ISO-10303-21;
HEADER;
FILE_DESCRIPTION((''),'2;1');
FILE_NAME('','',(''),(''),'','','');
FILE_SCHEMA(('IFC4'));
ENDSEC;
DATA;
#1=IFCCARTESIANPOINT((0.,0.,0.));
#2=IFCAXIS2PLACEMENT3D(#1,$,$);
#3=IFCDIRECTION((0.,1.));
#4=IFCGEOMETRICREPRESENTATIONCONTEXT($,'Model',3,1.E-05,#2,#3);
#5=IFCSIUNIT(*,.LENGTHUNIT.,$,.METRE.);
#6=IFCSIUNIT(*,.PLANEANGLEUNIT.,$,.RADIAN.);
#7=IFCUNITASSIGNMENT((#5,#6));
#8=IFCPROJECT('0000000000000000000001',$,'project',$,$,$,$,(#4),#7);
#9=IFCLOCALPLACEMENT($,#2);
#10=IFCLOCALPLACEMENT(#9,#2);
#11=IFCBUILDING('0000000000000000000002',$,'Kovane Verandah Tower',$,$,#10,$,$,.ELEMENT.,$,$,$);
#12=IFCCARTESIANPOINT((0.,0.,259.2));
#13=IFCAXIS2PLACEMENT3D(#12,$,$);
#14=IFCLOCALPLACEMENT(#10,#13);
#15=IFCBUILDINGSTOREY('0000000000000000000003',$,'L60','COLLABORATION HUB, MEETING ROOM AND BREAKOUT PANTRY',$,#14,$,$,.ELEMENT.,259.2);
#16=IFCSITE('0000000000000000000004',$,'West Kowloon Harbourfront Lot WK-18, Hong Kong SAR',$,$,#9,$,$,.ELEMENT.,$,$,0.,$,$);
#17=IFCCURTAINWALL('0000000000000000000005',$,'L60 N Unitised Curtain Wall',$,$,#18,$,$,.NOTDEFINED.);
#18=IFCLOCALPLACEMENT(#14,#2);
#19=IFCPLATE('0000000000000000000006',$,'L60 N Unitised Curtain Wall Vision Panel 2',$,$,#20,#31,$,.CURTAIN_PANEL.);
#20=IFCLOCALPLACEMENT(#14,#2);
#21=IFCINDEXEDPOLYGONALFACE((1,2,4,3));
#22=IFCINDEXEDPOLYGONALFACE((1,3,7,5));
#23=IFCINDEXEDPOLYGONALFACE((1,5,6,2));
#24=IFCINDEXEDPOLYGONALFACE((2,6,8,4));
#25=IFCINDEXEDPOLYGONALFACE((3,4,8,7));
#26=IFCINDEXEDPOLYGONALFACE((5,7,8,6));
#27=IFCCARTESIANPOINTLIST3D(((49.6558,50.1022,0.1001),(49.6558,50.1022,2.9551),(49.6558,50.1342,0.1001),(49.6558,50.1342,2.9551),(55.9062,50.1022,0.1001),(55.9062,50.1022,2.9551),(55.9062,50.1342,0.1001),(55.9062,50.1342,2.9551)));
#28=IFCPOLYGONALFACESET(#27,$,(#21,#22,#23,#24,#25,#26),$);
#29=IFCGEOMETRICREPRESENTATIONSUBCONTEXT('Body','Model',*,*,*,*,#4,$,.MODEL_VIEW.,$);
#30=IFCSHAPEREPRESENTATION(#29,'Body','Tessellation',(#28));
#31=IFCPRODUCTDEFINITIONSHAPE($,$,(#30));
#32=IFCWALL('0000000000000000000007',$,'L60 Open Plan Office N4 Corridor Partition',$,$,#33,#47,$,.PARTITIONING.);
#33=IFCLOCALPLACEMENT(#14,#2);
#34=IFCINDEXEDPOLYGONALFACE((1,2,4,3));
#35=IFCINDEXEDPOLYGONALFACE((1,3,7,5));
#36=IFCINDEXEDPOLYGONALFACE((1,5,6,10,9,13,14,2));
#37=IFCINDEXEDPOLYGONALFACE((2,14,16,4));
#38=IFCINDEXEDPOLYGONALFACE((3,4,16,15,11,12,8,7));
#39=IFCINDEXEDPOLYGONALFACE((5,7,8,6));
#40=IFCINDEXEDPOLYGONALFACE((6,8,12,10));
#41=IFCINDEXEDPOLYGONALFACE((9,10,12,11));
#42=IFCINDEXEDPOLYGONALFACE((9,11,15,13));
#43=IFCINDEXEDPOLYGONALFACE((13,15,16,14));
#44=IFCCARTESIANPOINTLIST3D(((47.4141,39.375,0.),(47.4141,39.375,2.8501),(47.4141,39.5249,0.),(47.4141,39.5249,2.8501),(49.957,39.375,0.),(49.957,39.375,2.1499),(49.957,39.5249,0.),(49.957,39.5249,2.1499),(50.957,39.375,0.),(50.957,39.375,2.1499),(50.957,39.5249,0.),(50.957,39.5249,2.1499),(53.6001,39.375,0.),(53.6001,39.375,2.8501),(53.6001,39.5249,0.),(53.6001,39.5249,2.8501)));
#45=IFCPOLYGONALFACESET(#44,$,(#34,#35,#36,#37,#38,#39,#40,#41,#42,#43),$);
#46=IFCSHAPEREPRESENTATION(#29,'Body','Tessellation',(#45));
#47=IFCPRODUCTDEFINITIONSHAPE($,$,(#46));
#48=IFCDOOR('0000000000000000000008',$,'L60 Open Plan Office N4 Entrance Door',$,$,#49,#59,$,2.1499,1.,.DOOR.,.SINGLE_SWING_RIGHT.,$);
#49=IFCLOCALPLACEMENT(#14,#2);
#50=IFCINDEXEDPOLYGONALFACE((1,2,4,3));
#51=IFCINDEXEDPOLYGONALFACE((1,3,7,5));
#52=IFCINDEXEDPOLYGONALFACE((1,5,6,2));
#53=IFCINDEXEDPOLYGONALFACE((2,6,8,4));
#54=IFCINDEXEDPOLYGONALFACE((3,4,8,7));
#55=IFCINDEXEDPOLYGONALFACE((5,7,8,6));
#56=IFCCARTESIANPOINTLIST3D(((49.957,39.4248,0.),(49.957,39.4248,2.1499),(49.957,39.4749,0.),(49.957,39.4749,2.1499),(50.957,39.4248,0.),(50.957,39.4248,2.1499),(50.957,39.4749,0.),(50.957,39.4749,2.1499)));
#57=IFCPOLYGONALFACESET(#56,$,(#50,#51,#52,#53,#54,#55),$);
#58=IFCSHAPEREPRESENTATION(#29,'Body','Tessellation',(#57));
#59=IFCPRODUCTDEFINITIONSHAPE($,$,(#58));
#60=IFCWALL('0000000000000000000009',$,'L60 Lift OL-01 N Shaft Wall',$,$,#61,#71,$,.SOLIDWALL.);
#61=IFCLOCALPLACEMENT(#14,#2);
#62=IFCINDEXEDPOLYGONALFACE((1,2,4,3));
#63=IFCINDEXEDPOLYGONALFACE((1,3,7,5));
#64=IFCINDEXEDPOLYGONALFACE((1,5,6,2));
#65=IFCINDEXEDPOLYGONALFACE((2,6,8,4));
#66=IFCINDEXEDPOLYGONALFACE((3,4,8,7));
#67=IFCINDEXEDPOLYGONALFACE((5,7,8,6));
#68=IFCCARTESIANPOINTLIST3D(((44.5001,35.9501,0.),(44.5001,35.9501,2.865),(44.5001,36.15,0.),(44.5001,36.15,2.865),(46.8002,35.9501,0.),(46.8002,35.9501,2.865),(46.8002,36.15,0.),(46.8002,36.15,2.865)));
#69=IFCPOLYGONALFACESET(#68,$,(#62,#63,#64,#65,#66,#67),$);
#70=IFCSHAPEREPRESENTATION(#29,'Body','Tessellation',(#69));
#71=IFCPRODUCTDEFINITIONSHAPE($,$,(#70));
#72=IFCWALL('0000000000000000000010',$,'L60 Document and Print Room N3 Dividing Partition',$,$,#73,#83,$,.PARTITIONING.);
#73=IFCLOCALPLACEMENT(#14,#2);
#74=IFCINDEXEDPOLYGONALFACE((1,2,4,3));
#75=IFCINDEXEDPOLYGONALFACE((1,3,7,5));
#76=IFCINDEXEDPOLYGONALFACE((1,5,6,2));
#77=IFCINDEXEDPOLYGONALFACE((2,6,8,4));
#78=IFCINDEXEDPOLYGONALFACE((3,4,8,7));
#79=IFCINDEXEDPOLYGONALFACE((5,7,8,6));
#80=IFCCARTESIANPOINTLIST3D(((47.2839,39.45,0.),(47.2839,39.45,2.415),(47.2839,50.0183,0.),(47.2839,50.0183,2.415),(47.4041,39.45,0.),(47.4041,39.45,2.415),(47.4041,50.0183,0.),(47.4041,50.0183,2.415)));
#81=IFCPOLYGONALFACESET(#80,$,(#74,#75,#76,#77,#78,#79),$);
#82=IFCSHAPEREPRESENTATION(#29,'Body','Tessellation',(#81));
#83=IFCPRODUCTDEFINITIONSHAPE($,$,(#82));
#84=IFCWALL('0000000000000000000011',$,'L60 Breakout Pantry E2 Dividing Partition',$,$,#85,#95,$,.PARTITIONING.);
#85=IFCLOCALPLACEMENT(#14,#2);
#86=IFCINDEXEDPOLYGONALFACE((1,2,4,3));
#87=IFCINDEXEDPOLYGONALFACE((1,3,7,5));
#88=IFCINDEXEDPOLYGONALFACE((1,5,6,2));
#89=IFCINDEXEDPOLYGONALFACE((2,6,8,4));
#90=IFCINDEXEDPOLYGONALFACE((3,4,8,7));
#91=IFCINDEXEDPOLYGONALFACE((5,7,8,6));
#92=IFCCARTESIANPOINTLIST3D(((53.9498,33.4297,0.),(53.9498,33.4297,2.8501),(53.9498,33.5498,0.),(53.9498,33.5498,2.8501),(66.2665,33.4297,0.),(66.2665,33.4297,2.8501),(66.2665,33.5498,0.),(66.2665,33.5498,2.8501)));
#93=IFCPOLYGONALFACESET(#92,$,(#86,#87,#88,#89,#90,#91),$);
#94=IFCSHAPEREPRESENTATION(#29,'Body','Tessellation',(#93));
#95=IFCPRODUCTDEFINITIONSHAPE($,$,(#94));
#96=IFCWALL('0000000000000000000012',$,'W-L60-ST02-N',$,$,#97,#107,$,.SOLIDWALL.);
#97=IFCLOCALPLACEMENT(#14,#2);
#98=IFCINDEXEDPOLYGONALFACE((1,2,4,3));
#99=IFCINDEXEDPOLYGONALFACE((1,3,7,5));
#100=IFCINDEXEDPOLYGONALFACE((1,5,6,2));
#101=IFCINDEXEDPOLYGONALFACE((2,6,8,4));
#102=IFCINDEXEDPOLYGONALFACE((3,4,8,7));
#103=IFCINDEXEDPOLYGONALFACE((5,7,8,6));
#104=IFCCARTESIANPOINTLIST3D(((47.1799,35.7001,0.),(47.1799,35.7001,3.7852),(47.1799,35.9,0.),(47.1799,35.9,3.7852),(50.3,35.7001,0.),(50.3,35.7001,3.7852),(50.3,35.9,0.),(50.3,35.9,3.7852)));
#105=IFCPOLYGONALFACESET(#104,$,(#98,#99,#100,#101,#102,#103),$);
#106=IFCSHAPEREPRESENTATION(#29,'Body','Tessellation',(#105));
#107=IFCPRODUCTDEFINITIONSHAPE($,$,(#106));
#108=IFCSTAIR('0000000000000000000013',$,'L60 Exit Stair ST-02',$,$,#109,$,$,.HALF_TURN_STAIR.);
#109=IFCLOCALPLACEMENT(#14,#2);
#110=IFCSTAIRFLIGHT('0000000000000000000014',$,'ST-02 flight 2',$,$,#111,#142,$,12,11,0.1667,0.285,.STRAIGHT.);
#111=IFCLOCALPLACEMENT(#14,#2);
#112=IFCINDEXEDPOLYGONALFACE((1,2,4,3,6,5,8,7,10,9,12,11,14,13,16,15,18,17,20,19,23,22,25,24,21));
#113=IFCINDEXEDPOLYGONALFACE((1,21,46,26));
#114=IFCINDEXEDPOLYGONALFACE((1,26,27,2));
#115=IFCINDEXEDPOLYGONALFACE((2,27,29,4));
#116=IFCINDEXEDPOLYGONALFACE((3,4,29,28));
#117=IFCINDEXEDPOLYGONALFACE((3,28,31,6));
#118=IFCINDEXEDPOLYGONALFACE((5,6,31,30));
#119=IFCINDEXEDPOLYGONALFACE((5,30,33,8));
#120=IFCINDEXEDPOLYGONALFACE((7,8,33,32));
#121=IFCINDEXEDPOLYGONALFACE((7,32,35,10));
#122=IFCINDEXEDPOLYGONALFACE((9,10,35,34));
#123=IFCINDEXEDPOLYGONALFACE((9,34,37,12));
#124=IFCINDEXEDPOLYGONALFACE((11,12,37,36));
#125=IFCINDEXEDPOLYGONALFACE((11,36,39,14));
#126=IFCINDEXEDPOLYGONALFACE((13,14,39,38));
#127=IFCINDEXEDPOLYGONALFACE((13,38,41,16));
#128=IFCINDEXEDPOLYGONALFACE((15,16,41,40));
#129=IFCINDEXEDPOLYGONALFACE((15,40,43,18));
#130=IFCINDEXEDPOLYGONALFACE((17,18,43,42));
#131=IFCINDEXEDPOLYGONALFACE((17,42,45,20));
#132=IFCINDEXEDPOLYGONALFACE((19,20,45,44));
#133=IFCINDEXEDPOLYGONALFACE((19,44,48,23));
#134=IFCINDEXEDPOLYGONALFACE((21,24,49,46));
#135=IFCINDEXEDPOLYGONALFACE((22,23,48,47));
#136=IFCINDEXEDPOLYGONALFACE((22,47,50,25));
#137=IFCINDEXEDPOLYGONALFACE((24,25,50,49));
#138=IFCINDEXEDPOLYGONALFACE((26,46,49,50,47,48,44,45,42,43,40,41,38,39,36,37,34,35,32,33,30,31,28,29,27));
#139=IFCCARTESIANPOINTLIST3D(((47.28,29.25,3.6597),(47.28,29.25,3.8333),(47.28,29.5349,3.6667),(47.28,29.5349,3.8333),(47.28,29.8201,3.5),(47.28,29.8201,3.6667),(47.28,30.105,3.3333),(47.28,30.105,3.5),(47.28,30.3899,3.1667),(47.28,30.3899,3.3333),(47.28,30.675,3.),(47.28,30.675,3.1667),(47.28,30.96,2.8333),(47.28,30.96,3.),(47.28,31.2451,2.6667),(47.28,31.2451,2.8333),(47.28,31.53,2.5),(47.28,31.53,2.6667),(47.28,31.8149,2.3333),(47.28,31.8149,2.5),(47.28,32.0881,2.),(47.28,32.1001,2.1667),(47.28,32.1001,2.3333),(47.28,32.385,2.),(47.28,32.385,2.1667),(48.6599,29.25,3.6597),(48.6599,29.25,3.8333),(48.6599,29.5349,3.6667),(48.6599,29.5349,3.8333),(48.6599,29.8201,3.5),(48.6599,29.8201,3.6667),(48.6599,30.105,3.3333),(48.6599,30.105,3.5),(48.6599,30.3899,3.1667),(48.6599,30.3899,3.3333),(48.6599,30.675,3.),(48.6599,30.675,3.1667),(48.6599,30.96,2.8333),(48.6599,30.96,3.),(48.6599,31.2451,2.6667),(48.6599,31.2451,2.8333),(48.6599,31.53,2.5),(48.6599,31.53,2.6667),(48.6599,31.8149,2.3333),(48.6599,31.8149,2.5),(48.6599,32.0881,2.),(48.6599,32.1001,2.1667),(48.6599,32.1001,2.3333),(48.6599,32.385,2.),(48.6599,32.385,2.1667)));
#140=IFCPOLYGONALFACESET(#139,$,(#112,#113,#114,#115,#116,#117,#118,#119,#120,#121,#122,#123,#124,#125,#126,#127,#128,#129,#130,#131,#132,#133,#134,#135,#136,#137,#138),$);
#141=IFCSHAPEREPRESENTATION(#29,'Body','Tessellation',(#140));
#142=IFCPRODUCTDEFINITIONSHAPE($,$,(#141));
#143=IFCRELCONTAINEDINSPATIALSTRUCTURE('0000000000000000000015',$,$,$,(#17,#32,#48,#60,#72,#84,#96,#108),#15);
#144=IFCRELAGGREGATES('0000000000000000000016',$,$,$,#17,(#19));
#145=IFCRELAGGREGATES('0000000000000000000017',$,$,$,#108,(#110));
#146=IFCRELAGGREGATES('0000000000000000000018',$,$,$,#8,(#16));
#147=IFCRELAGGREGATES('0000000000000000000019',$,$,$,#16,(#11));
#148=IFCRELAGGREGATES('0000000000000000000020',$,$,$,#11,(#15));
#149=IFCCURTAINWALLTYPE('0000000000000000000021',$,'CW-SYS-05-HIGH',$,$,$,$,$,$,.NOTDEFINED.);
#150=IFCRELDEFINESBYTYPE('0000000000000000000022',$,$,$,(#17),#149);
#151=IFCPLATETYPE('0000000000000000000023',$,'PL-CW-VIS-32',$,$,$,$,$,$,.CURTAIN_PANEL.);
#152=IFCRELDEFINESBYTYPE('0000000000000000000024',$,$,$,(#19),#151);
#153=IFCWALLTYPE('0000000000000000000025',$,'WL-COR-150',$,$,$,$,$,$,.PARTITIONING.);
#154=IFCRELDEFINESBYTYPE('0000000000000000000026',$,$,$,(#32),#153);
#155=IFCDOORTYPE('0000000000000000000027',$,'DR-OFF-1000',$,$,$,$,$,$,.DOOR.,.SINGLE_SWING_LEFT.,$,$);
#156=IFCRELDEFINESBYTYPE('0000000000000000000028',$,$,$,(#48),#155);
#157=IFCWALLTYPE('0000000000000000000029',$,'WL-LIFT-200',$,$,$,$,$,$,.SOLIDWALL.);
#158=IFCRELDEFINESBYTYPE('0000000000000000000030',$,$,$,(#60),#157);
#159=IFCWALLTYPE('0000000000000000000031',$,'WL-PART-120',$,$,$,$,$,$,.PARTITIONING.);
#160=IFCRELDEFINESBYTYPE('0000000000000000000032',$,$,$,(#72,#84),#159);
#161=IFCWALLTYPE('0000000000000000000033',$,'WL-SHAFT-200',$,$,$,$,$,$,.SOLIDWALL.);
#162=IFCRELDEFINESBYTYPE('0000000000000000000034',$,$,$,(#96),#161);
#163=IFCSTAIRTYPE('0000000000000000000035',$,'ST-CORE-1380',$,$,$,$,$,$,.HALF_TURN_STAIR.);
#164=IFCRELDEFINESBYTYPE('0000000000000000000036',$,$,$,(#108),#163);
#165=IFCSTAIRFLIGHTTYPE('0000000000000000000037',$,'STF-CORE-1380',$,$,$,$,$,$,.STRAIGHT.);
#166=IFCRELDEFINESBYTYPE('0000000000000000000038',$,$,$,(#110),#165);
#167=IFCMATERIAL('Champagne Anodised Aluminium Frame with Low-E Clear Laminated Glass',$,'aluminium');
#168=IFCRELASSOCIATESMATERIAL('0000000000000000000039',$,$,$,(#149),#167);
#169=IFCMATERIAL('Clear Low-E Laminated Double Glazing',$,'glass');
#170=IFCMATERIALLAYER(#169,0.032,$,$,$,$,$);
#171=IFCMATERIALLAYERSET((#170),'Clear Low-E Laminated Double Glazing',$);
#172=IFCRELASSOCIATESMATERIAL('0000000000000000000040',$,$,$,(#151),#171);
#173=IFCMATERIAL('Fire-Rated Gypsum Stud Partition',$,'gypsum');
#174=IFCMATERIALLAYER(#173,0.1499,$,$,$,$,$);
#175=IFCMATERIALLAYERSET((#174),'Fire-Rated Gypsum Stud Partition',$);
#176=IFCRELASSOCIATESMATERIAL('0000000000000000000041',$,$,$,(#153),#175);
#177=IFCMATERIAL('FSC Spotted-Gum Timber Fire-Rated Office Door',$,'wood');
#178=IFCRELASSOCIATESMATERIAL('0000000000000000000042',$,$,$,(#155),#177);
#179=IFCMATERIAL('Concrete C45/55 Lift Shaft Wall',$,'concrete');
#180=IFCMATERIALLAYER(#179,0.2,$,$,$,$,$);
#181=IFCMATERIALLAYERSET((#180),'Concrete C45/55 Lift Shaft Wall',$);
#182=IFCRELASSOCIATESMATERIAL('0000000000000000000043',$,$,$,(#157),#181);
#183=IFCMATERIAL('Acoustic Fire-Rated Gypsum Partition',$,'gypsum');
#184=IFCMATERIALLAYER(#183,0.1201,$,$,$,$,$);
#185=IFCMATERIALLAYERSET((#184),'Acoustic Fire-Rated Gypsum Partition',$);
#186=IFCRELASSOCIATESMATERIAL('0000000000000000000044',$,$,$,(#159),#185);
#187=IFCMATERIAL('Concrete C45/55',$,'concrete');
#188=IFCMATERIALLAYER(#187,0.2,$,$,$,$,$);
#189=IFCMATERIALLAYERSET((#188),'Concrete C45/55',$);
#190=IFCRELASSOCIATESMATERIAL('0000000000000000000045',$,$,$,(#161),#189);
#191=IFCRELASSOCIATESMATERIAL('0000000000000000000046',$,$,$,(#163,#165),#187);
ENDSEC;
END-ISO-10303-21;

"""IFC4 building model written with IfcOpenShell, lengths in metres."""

from ifc_helpers import new_model, si_unit, direction, frame, frame_2d, origin, origin_2d, place, context, subcontext, project, spatial, polyline, rectangle, outline, extrude, material, layer, layer_set, type_object, element, fill, aggregate, save


model = new_model("IFC4")

# Units and contexts
model_context = context("Model", 3, precision=1e-05, world=origin(), true_north=direction((0.0, 1.0)))
body_context = subcontext(model_context, "Body", "Model", "MODEL_VIEW")
ifc_project = project(units=[si_unit("LENGTHUNIT", "METRE"), si_unit("PLANEANGLEUNIT", "RADIAN")], contexts=[model_context])

# Site, building, storey
site_placement = place(None, origin())
site = spatial("IfcSite", under=ifc_project, at=site_placement, Name="West Kowloon Harbourfront Lot WK-18, Hong Kong SAR", CompositionType="ELEMENT", RefElevation=0.0)
building_placement = place(site_placement, origin())
building = spatial("IfcBuilding", under=site, at=building_placement, Name="Kovane Verandah Tower", CompositionType="ELEMENT")
storey_placement = place(building_placement, frame((0.0, 0.0, 259.2)))
storey = spatial("IfcBuildingStorey", under=building, at=storey_placement, Name="L60", Description="COLLABORATION HUB, MEETING ROOM AND BREAKOUT PANTRY", CompositionType="ELEMENT", Elevation=259.2)

# Curtain wall, plate
ifc_material_1 = material(Name="Champagne Anodised Aluminium Frame with Low-E Clear Laminated Glass", Category="aluminium")
curtain_wall_type = type_object("IfcCurtainWallType", Name="CW-SYS-05-HIGH", PredefinedType="NOTDEFINED", material=ifc_material_1)
curtain_wall_placement = place(storey_placement, origin())
curtain_wall = element("IfcCurtainWall", 1, at=curtain_wall_placement, inside=storey, type_object=curtain_wall_type, Name="L60 N Unitised Curtain Wall", PredefinedType="NOTDEFINED")
ifc_material_2 = material(Name="Clear Low-E Laminated Double Glazing", Category="glass")
ifc_layer_1 = layer(ifc_material_2, 0.032)
ifc_layer_set_1 = layer_set([ifc_layer_1], Name="Clear Low-E Laminated Double Glazing")
plate_type_1 = type_object("IfcPlateType", Name="PL-CW-VIS-32", PredefinedType="CURTAIN_PANEL", material=ifc_layer_set_1)
plate_1_placement = place(storey_placement, frame((52.781, 50.1182, 0.1001), z_axis=(0.0, 0.0, 1.0), x_axis=(-1.0, 0.0, 0.0)))
plate_1 = element("IfcPlate", 2, at=plate_1_placement, type_object=plate_type_1, Name="L60 N Unitised Curtain Wall Vision Panel 2", PredefinedType="CURTAIN_PANEL", context=body_context, shape_type="SweptSolid", body=[
    extrude(rectangle(XDim=6.2505, YDim=0.032, at=origin_2d()), origin(), (0.0, 0.0, 1.0), 2.855),
])
aggregate(curtain_wall, [plate_1])

# Wall, opening, door
ifc_material_3 = material(Name="Fire-Rated Gypsum Stud Partition", Category="gypsum")
ifc_layer_2 = layer(ifc_material_3, 0.1499)
ifc_layer_set_2 = layer_set([ifc_layer_2], Name="Fire-Rated Gypsum Stud Partition")
wall_type_1 = type_object("IfcWallType", Name="WL-COR-150", PredefinedType="PARTITIONING", material=ifc_layer_set_2)
wall_1_placement = place(storey_placement, frame((47.4141, 39.45, 0.0), z_axis=(0.0, 0.0, 1.0), x_axis=(1.0, 0.0, 0.0)))
wall_1 = element("IfcWall", 3, at=wall_1_placement, inside=storey, type_object=wall_type_1, Name="L60 Open Plan Office N4 Corridor Partition", PredefinedType="PARTITIONING", context=body_context, shape_type="SweptSolid", body=[
    extrude(rectangle(XDim=6.186, YDim=0.1499, at=frame_2d((3.093, 0.0))), origin(), (0.0, 0.0, 1.0), 2.8501),
])
opening_placement = place(wall_1_placement, frame((2.543, 0.0, 0.0)))
opening = element("IfcOpeningElement", 4, at=opening_placement, cuts=wall_1, PredefinedType="OPENING", context=body_context, shape_type="SweptSolid", body=[
    extrude(rectangle(XDim=1.0, YDim=2.1499, at=frame_2d((0.5, 1.075))), frame((0.0, 0.075, 0.0), z_axis=(0.0, -1.0, 0.0), x_axis=(1.0, 0.0, 0.0)), (0.0, 0.0, 1.0), 0.1499),
])
ifc_material_4 = material(Name="FSC Spotted-Gum Timber Fire-Rated Office Door", Category="wood")
door_type = type_object("IfcDoorType", Name="DR-OFF-1000", OperationType="SINGLE_SWING_LEFT", PredefinedType="DOOR", material=ifc_material_4)
door_placement = place(opening_placement, origin())
door = element("IfcDoor", 5, at=door_placement, inside=storey, type_object=door_type, Name="L60 Open Plan Office N4 Entrance Door", OperationType="SINGLE_SWING_RIGHT", OverallHeight=2.1499, OverallWidth=1.0, PredefinedType="DOOR", context=body_context, shape_type="SweptSolid", body=[
    extrude(rectangle(XDim=1.0, YDim=2.1499, at=frame_2d((0.5, 1.075))), frame((0.0, 0.0249, 0.0), z_axis=(0.0, -1.0, 0.0), x_axis=(1.0, 0.0, 0.0)), (0.0, 0.0, 1.0), 0.05),
])
fill(opening, door)

# Walls
ifc_material_5 = material(Name="Concrete C45/55 Lift Shaft Wall", Category="concrete")
ifc_layer_3 = layer(ifc_material_5, 0.2)
ifc_layer_set_3 = layer_set([ifc_layer_3], Name="Concrete C45/55 Lift Shaft Wall")
wall_type_2 = type_object("IfcWallType", Name="WL-LIFT-200", PredefinedType="SOLIDWALL", material=ifc_layer_set_3)
wall_2_placement = place(storey_placement, frame((46.8, 36.05, 0.0), z_axis=(0.0, 0.0, 1.0), x_axis=(-1.0, 0.0, 0.0)))
element("IfcWall", 6, at=wall_2_placement, inside=storey, type_object=wall_type_2, Name="L60 Lift OL-01 N Shaft Wall", PredefinedType="SOLIDWALL", context=body_context, shape_type="SweptSolid", body=[
    extrude(rectangle(XDim=2.3, YDim=0.2, at=frame_2d((1.1499, 0.0))), origin(), (0.0, 0.0, 1.0), 2.865),
])
ifc_material_6 = material(Name="Acoustic Fire-Rated Gypsum Partition", Category="gypsum")
ifc_layer_4 = layer(ifc_material_6, 0.1201)
ifc_layer_set_4 = layer_set([ifc_layer_4], Name="Acoustic Fire-Rated Gypsum Partition")
wall_type_3 = type_object("IfcWallType", Name="WL-PART-120", PredefinedType="PARTITIONING", material=ifc_layer_set_4)
wall_3_placement = place(storey_placement, frame((47.344, 39.45, 0.0), z_axis=(0.0, 0.0, 1.0), x_axis=(0.0, 1.0, 0.0)))
element("IfcWall", 7, at=wall_3_placement, inside=storey, type_object=wall_type_3, Name="L60 Document and Print Room N3 Dividing Partition", PredefinedType="PARTITIONING", context=body_context, shape_type="SweptSolid", body=[
    extrude(rectangle(XDim=10.5684, YDim=0.1201, at=frame_2d((5.2842, 0.0))), origin(), (0.0, 0.0, 1.0), 2.415),
])
wall_4_placement = place(storey_placement, frame((53.95, 33.4897, 0.0), z_axis=(0.0, 0.0, 1.0), x_axis=(1.0, 0.0, 0.0)))
element("IfcWall", 8, at=wall_4_placement, inside=storey, type_object=wall_type_3, Name="L60 Breakout Pantry E2 Dividing Partition", PredefinedType="PARTITIONING", context=body_context, shape_type="SweptSolid", body=[
    extrude(rectangle(XDim=12.3167, YDim=0.1201, at=frame_2d((6.1582, 0.0))), origin(), (0.0, 0.0, 1.0), 2.8501),
])
ifc_material_7 = material(Name="Concrete C45/55", Category="concrete")
ifc_layer_5 = layer(ifc_material_7, 0.2)
ifc_layer_set_5 = layer_set([ifc_layer_5], Name="Concrete C45/55")
wall_type_4 = type_object("IfcWallType", Name="WL-SHAFT-200", PredefinedType="SOLIDWALL", material=ifc_layer_set_5)
wall_5_placement = place(storey_placement, frame((47.1799, 35.8, 0.0), z_axis=(0.0, 0.0, 1.0), x_axis=(1.0, 0.0, 0.0)))
element("IfcWall", 9, at=wall_5_placement, inside=storey, type_object=wall_type_4, Name="W-L60-ST02-N", PredefinedType="SOLIDWALL", context=body_context, shape_type="SweptSolid", body=[
    extrude(rectangle(XDim=3.1201, YDim=0.2, at=frame_2d((1.5601, 0.0))), origin(), (0.0, 0.0, 1.0), 3.7852),
])

# Stair, stair flight
stair_type = type_object("IfcStairType", Name="ST-CORE-1380", PredefinedType="HALF_TURN_STAIR", material=ifc_material_7)
stair_placement = place(storey_placement, origin())
stair = element("IfcStair", 10, at=stair_placement, inside=storey, type_object=stair_type, Name="L60 Exit Stair ST-02", PredefinedType="HALF_TURN_STAIR")
stair_flight_type = type_object("IfcStairFlightType", Name="STF-CORE-1380", PredefinedType="STRAIGHT", material=ifc_material_7)
stair_flight_placement = place(storey_placement, frame((47.97, 32.385, 2.0), z_axis=(0.0, 0.0, 1.0), x_axis=(0.0, -1.0, 0.0)))
stair_flight = element("IfcStairFlight", 11, at=stair_flight_placement, type_object=stair_flight_type, Name="ST-02 flight 2", NumberOfRisers=12, NumberOfTreads=11, PredefinedType="STRAIGHT", RiserHeight=0.1667, TreadLength=0.285, context=body_context, shape_type="SweptSolid", body=[
    extrude(outline(polyline([(0.0, 0.0), (0.0, 0.1667), (0.2849, 0.1667), (0.2849, 0.3333), (0.5701, 0.3333), (0.5701, 0.5), (0.855, 0.5), (0.855, 0.6667), (1.1399, 0.6667), (1.1399, 0.8333), (1.425, 0.8333), (1.425, 1.0), (1.71, 1.0), (1.71, 1.1667), (1.9951, 1.1667), (1.9951, 1.3333), (2.28, 1.3333), (2.28, 1.5), (2.5649, 1.5), (2.5649, 1.6667), (2.8501, 1.6667), (2.8501, 1.8333), (3.135, 1.8333), (3.135, 2.0), (3.135, 1.6597), (0.2969, 0.0), (0.0, 0.0)])), frame((0.0, 0.6899, 0.0), z_axis=(0.0, -1.0, 0.0), x_axis=(1.0, 0.0, 0.0)), (0.0, 0.0, 1.0), 1.3799),
])
aggregate(stair, [stair_flight])

save(model, "model.ifc")
